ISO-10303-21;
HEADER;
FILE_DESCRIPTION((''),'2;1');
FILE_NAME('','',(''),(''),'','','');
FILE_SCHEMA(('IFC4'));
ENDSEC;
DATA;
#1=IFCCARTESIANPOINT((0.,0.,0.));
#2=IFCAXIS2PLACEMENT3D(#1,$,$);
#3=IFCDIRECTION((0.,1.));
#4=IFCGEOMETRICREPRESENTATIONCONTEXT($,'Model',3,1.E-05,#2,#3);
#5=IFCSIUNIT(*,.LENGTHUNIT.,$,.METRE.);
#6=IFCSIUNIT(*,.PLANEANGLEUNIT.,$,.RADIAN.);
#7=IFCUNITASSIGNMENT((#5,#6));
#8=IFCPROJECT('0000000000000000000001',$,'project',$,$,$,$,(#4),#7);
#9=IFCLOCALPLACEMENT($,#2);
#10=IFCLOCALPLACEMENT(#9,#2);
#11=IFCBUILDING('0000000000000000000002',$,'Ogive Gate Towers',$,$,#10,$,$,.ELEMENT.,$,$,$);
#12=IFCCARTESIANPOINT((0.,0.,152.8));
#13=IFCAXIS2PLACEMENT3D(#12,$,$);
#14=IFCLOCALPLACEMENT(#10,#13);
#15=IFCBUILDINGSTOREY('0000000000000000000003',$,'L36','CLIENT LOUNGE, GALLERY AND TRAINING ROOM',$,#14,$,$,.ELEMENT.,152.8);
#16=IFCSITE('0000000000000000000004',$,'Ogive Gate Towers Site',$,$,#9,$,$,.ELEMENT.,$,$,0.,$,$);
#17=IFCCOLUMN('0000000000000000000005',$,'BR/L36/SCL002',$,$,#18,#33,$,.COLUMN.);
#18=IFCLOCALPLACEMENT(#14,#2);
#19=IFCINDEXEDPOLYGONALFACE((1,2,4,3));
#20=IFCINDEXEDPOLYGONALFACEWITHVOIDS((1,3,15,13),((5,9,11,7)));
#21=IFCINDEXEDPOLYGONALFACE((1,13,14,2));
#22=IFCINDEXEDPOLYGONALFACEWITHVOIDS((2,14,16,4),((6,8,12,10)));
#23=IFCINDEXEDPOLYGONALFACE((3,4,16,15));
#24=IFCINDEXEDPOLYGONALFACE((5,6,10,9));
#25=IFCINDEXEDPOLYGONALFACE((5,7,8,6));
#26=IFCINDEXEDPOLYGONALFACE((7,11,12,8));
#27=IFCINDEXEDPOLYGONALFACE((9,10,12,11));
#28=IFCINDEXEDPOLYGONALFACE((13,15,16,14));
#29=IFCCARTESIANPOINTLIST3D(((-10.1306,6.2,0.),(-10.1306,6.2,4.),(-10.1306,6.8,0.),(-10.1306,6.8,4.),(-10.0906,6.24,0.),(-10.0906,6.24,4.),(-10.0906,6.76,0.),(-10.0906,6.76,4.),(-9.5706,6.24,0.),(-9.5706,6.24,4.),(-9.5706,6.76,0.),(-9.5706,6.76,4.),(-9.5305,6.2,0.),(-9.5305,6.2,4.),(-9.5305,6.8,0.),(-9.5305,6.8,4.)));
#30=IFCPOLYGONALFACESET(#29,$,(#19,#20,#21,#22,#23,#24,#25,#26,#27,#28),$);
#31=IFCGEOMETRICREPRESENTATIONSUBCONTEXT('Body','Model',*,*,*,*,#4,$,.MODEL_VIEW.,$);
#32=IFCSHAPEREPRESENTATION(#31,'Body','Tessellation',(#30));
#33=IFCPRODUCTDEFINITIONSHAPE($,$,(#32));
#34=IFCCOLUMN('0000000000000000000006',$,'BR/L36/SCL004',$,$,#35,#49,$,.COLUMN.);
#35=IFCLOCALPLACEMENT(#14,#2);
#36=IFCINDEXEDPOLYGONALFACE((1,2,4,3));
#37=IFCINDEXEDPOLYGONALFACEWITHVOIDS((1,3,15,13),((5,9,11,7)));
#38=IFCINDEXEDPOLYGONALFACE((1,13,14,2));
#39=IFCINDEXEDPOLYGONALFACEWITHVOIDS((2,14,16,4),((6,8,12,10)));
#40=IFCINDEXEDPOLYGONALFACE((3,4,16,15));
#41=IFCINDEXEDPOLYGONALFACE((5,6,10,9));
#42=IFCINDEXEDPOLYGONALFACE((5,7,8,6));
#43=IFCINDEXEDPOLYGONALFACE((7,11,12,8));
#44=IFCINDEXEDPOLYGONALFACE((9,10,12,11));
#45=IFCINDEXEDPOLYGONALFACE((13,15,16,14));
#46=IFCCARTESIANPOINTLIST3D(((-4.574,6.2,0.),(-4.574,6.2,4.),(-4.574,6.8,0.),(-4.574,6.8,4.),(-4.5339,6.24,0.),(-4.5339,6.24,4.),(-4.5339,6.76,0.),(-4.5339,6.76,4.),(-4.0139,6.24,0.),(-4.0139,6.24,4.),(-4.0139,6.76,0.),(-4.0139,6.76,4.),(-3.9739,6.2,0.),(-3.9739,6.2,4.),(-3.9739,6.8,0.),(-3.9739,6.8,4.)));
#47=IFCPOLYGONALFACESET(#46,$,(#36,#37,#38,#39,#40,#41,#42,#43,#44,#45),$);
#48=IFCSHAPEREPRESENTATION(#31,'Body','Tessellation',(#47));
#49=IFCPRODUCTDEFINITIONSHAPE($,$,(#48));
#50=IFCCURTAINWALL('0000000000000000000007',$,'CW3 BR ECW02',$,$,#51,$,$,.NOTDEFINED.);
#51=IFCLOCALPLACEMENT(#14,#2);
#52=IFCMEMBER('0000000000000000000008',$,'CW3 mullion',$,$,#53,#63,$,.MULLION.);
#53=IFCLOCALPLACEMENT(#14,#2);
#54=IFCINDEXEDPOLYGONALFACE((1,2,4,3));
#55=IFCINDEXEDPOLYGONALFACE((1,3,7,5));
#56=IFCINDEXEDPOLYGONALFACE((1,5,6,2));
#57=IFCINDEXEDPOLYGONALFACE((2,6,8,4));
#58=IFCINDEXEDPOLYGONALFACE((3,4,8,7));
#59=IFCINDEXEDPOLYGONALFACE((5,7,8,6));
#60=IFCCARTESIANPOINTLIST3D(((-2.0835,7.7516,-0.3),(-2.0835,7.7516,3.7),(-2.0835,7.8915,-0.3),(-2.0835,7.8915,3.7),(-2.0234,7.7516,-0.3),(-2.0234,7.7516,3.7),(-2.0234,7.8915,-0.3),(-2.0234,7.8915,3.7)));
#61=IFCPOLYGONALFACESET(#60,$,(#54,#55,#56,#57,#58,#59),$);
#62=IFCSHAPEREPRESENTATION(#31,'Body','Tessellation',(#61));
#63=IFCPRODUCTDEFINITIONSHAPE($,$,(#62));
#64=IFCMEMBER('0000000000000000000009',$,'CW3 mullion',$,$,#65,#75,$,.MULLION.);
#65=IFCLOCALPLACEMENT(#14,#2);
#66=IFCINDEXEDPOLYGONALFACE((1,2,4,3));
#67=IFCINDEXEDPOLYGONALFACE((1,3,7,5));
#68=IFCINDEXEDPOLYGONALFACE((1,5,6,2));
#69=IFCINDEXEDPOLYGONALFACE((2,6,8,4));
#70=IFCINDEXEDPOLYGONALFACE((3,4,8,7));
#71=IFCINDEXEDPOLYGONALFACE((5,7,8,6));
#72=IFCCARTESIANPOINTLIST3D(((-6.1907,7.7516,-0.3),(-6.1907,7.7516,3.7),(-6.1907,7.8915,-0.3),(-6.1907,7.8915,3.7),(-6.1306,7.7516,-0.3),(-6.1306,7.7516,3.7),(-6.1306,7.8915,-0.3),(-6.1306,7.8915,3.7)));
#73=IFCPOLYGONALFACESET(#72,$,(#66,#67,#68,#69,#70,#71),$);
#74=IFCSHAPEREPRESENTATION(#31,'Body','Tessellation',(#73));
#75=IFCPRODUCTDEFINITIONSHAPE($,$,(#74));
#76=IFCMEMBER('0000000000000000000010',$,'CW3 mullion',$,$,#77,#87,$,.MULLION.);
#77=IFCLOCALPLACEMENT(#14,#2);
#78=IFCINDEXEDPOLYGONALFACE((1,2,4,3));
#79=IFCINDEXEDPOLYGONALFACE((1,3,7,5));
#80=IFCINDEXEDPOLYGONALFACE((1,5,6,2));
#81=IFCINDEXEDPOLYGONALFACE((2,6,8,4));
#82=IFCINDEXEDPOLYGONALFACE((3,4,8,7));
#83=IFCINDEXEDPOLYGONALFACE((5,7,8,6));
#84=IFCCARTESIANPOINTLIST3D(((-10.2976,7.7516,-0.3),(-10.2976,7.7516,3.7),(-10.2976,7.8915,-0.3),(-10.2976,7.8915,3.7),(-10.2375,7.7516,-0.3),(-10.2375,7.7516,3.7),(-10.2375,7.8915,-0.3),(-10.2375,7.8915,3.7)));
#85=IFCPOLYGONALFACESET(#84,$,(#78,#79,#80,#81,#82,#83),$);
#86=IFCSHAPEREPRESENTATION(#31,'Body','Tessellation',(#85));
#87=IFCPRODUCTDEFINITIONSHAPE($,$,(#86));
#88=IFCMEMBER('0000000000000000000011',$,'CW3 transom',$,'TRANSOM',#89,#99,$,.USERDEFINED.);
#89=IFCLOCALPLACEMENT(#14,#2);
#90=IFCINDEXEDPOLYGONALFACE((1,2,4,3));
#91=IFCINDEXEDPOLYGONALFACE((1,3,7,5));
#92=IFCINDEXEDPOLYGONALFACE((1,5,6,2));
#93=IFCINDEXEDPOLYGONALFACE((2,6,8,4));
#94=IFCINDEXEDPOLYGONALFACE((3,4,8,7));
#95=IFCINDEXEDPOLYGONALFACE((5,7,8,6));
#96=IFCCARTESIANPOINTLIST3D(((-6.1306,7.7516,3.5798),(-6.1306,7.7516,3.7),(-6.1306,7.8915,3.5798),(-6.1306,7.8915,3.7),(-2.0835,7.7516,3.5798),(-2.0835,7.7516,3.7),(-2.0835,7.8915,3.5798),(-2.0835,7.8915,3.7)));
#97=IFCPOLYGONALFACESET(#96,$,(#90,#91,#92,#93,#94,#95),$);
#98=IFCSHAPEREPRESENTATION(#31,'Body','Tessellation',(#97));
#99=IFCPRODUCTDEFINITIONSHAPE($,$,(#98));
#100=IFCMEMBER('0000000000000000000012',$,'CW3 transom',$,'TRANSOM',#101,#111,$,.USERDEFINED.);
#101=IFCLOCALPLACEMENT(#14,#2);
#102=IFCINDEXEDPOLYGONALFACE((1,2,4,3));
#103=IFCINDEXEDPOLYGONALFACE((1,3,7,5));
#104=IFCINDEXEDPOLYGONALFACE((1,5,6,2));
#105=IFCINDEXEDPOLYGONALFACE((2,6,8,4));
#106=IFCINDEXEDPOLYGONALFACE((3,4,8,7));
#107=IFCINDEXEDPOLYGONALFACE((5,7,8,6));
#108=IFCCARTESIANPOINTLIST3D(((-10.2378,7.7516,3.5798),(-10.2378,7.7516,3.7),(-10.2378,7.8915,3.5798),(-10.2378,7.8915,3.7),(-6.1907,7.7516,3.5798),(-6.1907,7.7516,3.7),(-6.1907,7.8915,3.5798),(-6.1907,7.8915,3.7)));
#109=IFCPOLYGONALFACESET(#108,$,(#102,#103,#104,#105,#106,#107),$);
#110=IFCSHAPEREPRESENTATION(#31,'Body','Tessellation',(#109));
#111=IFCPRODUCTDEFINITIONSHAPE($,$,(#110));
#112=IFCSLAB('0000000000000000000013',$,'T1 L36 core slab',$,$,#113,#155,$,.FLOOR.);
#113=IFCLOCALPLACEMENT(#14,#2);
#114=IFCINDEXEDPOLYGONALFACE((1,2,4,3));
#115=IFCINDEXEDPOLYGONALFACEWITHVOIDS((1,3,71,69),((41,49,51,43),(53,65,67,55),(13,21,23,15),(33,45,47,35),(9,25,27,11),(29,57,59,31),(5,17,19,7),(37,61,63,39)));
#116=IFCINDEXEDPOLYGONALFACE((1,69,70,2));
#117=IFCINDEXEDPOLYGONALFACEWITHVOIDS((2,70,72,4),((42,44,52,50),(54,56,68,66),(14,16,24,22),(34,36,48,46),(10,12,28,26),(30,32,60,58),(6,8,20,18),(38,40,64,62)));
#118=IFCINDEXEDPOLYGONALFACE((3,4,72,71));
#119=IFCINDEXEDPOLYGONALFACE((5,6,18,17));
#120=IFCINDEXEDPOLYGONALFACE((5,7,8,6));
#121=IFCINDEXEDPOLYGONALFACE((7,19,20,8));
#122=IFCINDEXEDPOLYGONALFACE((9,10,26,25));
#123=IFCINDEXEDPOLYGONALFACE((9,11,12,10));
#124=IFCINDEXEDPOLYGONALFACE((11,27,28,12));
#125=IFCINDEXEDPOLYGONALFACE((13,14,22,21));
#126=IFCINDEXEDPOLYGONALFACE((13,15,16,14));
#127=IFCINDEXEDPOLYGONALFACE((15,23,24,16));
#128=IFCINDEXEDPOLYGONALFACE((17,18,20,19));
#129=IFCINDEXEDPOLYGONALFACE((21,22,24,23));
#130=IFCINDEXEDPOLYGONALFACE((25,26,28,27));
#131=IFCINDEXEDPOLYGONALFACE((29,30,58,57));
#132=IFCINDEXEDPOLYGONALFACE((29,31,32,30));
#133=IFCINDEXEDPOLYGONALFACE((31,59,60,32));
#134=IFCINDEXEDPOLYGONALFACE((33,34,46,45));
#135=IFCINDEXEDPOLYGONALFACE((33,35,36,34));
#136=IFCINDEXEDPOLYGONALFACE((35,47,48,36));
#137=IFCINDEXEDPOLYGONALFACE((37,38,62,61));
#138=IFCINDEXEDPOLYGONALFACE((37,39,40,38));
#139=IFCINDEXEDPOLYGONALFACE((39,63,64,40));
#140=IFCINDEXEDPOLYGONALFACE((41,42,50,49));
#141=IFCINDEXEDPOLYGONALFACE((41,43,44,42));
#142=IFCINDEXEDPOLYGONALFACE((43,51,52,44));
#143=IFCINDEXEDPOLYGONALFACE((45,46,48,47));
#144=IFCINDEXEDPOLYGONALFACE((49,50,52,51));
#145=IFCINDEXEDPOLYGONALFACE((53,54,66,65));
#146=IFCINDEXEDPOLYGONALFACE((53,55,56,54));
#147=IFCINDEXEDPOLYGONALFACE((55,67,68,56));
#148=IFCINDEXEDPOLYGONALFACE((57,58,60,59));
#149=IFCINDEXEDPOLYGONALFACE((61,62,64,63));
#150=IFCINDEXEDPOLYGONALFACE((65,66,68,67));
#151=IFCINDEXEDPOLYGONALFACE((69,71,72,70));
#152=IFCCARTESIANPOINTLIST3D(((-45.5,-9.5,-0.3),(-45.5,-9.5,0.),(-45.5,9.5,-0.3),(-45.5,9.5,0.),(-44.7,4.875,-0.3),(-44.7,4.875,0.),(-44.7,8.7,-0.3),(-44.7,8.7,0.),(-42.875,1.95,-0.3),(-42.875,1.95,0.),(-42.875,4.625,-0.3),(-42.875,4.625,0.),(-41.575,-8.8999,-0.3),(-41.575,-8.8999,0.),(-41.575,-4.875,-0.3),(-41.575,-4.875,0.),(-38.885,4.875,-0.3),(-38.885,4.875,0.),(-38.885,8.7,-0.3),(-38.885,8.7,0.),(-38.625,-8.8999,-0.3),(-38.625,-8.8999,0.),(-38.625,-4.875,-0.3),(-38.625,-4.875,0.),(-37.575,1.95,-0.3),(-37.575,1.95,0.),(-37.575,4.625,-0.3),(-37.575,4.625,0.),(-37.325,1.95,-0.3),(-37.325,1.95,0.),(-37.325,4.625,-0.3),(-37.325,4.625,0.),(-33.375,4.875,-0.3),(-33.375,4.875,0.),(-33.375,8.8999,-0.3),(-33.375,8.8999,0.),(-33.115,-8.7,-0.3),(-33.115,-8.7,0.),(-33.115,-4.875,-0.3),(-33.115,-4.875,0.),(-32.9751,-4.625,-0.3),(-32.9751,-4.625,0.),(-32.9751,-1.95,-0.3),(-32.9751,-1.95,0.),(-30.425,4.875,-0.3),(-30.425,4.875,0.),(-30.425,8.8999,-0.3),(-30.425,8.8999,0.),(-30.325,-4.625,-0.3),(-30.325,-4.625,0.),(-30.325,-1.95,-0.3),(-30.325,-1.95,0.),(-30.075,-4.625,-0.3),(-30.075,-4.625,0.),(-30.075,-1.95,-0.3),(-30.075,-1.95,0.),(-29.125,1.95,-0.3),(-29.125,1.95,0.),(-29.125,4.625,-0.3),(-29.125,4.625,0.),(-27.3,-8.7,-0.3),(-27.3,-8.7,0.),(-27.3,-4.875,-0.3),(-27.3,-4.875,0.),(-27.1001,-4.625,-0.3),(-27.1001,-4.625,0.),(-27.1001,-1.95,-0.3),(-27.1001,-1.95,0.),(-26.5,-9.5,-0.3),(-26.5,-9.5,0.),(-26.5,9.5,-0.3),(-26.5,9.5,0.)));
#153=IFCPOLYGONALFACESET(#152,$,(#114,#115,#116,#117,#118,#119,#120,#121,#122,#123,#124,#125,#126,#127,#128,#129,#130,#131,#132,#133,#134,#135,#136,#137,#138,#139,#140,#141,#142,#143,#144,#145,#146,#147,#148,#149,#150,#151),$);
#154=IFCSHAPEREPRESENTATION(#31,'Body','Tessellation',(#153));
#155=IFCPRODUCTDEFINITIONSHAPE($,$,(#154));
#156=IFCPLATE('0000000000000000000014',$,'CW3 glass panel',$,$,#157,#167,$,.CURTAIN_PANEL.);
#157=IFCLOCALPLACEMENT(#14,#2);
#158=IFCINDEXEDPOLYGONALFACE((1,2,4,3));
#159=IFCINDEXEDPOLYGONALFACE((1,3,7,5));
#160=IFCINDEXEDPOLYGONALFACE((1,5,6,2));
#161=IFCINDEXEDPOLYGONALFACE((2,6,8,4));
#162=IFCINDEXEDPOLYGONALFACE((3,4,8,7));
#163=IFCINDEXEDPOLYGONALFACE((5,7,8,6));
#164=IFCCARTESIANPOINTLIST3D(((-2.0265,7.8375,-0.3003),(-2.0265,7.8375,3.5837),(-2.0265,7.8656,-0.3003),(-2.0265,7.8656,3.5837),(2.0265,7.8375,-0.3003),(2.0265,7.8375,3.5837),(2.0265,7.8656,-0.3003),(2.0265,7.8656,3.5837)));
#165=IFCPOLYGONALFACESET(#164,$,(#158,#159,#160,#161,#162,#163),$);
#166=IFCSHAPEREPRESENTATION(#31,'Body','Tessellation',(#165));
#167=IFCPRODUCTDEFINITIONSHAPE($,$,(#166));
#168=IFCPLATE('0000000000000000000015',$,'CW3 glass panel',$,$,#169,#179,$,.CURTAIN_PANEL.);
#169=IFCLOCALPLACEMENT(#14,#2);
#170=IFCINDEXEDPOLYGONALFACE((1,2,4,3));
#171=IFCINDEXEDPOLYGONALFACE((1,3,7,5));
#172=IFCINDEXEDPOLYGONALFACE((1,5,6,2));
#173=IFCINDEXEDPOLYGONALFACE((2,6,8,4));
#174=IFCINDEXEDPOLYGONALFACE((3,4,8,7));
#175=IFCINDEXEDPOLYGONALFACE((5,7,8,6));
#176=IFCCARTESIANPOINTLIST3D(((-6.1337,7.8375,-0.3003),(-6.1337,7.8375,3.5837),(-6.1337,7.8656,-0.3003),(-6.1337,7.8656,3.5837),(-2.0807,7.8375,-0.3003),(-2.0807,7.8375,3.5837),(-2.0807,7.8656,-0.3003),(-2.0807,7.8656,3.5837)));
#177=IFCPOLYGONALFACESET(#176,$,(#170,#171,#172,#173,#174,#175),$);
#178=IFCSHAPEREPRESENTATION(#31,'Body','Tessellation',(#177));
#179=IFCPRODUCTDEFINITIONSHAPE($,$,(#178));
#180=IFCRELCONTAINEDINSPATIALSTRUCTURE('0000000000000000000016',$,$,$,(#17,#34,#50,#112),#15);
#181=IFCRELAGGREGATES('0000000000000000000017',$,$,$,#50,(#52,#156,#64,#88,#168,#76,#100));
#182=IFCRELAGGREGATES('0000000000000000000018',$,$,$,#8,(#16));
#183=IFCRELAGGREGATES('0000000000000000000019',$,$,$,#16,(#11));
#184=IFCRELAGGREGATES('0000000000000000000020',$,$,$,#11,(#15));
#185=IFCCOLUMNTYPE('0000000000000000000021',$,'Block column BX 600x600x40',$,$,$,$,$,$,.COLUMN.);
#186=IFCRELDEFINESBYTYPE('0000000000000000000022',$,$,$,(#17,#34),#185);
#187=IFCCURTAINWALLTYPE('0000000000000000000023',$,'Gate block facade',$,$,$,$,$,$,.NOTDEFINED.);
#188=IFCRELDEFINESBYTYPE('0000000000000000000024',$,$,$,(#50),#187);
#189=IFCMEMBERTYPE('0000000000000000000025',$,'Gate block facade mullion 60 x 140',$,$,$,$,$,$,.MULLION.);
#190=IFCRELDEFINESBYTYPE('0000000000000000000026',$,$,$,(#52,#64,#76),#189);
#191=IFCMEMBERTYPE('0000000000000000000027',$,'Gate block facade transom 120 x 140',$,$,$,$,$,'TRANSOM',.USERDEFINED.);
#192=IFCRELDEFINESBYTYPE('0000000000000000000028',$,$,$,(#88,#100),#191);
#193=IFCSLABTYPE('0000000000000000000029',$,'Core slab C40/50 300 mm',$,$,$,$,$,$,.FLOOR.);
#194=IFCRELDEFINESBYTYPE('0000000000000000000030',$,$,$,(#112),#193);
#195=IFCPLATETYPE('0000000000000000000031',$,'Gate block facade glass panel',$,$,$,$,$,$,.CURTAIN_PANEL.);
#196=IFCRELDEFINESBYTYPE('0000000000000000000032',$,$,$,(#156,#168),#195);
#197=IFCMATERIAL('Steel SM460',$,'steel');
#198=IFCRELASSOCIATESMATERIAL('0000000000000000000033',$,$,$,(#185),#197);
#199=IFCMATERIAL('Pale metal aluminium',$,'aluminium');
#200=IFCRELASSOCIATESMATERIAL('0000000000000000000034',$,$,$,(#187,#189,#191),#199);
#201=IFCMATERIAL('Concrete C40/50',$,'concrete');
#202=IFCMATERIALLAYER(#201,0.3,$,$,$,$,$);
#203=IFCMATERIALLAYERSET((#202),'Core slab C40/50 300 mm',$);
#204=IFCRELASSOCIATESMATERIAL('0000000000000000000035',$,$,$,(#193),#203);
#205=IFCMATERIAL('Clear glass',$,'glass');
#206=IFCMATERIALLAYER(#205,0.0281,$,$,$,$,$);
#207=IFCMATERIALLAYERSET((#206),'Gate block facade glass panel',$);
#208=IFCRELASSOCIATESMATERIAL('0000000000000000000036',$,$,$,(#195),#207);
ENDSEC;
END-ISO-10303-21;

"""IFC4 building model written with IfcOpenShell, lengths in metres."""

from ifc_helpers import new_model, si_unit, direction, frame, origin, origin_2d, place, context, subcontext, project, spatial, polyline, rectangle, hollow_rectangle, outline, extrude, material, layer, layer_set, material_profile, profile_set, type_object, element, aggregate, save


model = new_model("IFC4")

# Units and contexts
model_context = context("Model", 3, precision=1e-05, world=origin(), true_north=direction((0.0, 1.0)))
body_context = subcontext(model_context, "Body", "Model", "MODEL_VIEW")
ifc_project = project(units=[si_unit("LENGTHUNIT", "METRE"), si_unit("PLANEANGLEUNIT", "RADIAN")], contexts=[model_context])

# Site, building, storey
site_placement = place(None, origin())
site = spatial("IfcSite", under=ifc_project, at=site_placement, Name="Ogive Gate Towers Site", CompositionType="ELEMENT", RefElevation=0.0)
building_placement = place(site_placement, origin())
building = spatial("IfcBuilding", under=site, at=building_placement, Name="Ogive Gate Towers", CompositionType="ELEMENT")
storey_placement = place(building_placement, frame((0.0, 0.0, 152.8)))
storey = spatial("IfcBuildingStorey", under=building, at=storey_placement, Name="L36", Description="CLIENT LOUNGE, GALLERY AND TRAINING ROOM", CompositionType="ELEMENT", Elevation=152.8)

# Columns
ifc_material_1 = material(Name="Steel SM460", Category="steel")
ifc_material_profile_1 = material_profile(ifc_material_1, hollow_rectangle(XDim=0.6001, YDim=0.6001, WallThickness=0.04, at=origin_2d()), Name="BX 600x600x40")
ifc_profile_set_1 = profile_set([ifc_material_profile_1], Name="Steel SM460")
column_type = type_object("IfcColumnType", Name="Block column BX 600x600x40", PredefinedType="COLUMN", material=ifc_profile_set_1)
for number, where, z_axis, x_axis, name in (
    (1, (-9.8306, 6.5, 0.0), (0.0, 0.0, 1.0), (1.0, 0.0, 0.0), "BR/L36/SCL002"),
    (2, (-4.2739, 6.5, 0.0), (0.0, 0.0, 1.0), (1.0, 0.0, 0.0), "BR/L36/SCL004"),
):
    element("IfcColumn", number, at=place(storey_placement, frame(where, z_axis=z_axis, x_axis=x_axis)), inside=storey, type_object=column_type, Name=name, PredefinedType="COLUMN", context=body_context, shape_type="SweptSolid", body=[
        extrude(hollow_rectangle(XDim=0.6001, YDim=0.6001, WallThickness=0.04, at=origin_2d()), origin(), (0.0, 0.0, 1.0), 4.0),
    ])

# Curtain wall, members
ifc_material_2 = material(Name="Pale metal aluminium", Category="aluminium")
curtain_wall_type = type_object("IfcCurtainWallType", Name="Gate block facade", PredefinedType="NOTDEFINED", material=ifc_material_2)
curtain_wall_placement = place(storey_placement, origin())
curtain_wall = element("IfcCurtainWall", 3, at=curtain_wall_placement, inside=storey, type_object=curtain_wall_type, Name="CW3 BR ECW02", PredefinedType="NOTDEFINED")
ifc_material_profile_2 = material_profile(ifc_material_2, rectangle(XDim=0.1399, YDim=0.0601, at=origin_2d()), Name="60 x 140 aluminium box")
ifc_profile_set_2 = profile_set([ifc_material_profile_2], Name="Pale metal aluminium")
member_type_1 = type_object("IfcMemberType", Name="Gate block facade mullion 60 x 140", PredefinedType="MULLION", material=ifc_profile_set_2)
member_1_placement = place(storey_placement, frame((-2.0535, 7.8215, -0.3), z_axis=(0.0, 0.0, 1.0), x_axis=(0.0, 1.0, 0.0)))
member_1 = element("IfcMember", 4, at=member_1_placement, type_object=member_type_1, Name="CW3 mullion", PredefinedType="MULLION", context=body_context, shape_type="SweptSolid", body=[
    extrude(rectangle(XDim=0.1399, YDim=0.0601, at=origin_2d()), origin(), (0.0, 0.0, 1.0), 4.0),
])
member_2_placement = place(storey_placement, frame((-6.1606, 7.8215, -0.3), z_axis=(0.0, 0.0, 1.0), x_axis=(0.0, 1.0, 0.0)))
member_2 = element("IfcMember", 5, at=member_2_placement, type_object=member_type_1, Name="CW3 mullion", PredefinedType="MULLION", context=body_context, shape_type="SweptSolid", body=[
    extrude(rectangle(XDim=0.1399, YDim=0.0601, at=origin_2d()), origin(), (0.0, 0.0, 1.0), 4.0),
])
member_3_placement = place(storey_placement, frame((-10.2676, 7.8215, -0.3), z_axis=(0.0, 0.0, 1.0), x_axis=(0.0, 1.0, 0.0)))
member_3 = element("IfcMember", 6, at=member_3_placement, type_object=member_type_1, Name="CW3 mullion", PredefinedType="MULLION", context=body_context, shape_type="SweptSolid", body=[
    extrude(rectangle(XDim=0.1399, YDim=0.0601, at=origin_2d()), origin(), (0.0, 0.0, 1.0), 4.0),
])
ifc_material_profile_3 = material_profile(ifc_material_2, rectangle(XDim=0.1399, YDim=0.1201, at=origin_2d()), Name="120 x 140 aluminium box")
ifc_profile_set_3 = profile_set([ifc_material_profile_3], Name="Pale metal aluminium")
member_type_2 = type_object("IfcMemberType", Name="Gate block facade transom 120 x 140", ElementType="TRANSOM", PredefinedType="USERDEFINED", material=ifc_profile_set_3)
member_4_placement = place(storey_placement, frame((-2.0835, 7.8215, 3.6399), z_axis=(-1.0, 0.0, 0.0), x_axis=(0.0, -1.0, 0.0)))
member_4 = element("IfcMember", 7, at=member_4_placement, type_object=member_type_2, Name="CW3 transom", ObjectType="TRANSOM", PredefinedType="USERDEFINED", context=body_context, shape_type="SweptSolid", body=[
    extrude(rectangle(XDim=0.1399, YDim=0.1201, at=origin_2d()), origin(), (0.0, 0.0, 1.0), 4.0471),
])
member_5_placement = place(storey_placement, frame((-6.1907, 7.8215, 3.6399), z_axis=(-1.0, 0.0, 0.0), x_axis=(0.0, -1.0, 0.0)))
member_5 = element("IfcMember", 8, at=member_5_placement, type_object=member_type_2, Name="CW3 transom", ObjectType="TRANSOM", PredefinedType="USERDEFINED", context=body_context, shape_type="SweptSolid", body=[
    extrude(rectangle(XDim=0.1399, YDim=0.1201, at=origin_2d()), origin(), (0.0, 0.0, 1.0), 4.0471),
])

# Slab
ifc_material_3 = material(Name="Concrete C40/50", Category="concrete")
ifc_layer_1 = layer(ifc_material_3, 0.3)
ifc_layer_set_1 = layer_set([ifc_layer_1], Name="Core slab C40/50 300 mm")
slab_type = type_object("IfcSlabType", Name="Core slab C40/50 300 mm", PredefinedType="FLOOR", material=ifc_layer_set_1)
slab_placement = place(storey_placement, frame((0.0, 0.0, -0.3)))
element("IfcSlab", 9, at=slab_placement, inside=storey, type_object=slab_type, Name="T1 L36 core slab", PredefinedType="FLOOR", context=body_context, shape_type="SweptSolid", body=[
    extrude(outline(polyline([(-45.5, -9.5), (-45.5, 9.5), (-26.5, 9.5), (-26.5, -9.5), (-45.5, -9.5)]), holes=[polyline([(-42.875, 1.95), (-37.575, 1.95), (-37.575, 4.625), (-42.875, 4.625), (-42.875, 1.95)]), polyline([(-37.325, 4.625), (-37.325, 1.95), (-29.125, 1.95), (-29.125, 4.625), (-37.325, 4.625)]), polyline([(-30.325, -1.95), (-32.9751, -1.95), (-32.9751, -4.625), (-30.325, -4.625), (-30.325, -1.95)]), polyline([(-27.1001, -4.625), (-27.1001, -1.95), (-30.075, -1.95), (-30.075, -4.625), (-27.1001, -4.625)]), polyline([(-33.375, 4.875), (-30.425, 4.875), (-30.425, 8.8999), (-33.375, 8.8999), (-33.375, 4.875)]), polyline([(-41.575, -4.875), (-41.575, -8.8999), (-38.625, -8.8999), (-38.625, -4.875), (-41.575, -4.875)]), polyline([(-44.7, 4.875), (-38.885, 4.875), (-38.885, 8.7), (-44.7, 8.7), (-44.7, 4.875)]), polyline([(-27.3, -8.7), (-27.3, -4.875), (-33.115, -4.875), (-33.115, -8.7), (-27.3, -8.7)])]), origin(), (0.0, 0.0, 1.0), 0.3),
])

# Plates
ifc_material_4 = material(Name="Clear glass", Category="glass")
ifc_layer_2 = layer(ifc_material_4, 0.0281)
ifc_layer_set_2 = layer_set([ifc_layer_2], Name="Gate block facade glass panel")
plate_type = type_object("IfcPlateType", Name="Gate block facade glass panel", PredefinedType="CURTAIN_PANEL", material=ifc_layer_set_2)
plate_1_placement = place(storey_placement, frame((0.0, 7.8516, -0.3003), z_axis=(0.0, 0.0, 1.0), x_axis=(-1.0, 0.0, 0.0)))
plate_1 = element("IfcPlate", 10, at=plate_1_placement, type_object=plate_type, Name="CW3 glass panel", PredefinedType="CURTAIN_PANEL", context=body_context, shape_type="SweptSolid", body=[
    extrude(rectangle(XDim=4.053, YDim=0.0281, at=origin_2d()), origin(), (0.0, 0.0, 1.0), 3.884),
])
plate_2_placement = place(storey_placement, frame((-4.1072, 7.8516, -0.3003), z_axis=(0.0, 0.0, 1.0), x_axis=(-1.0, 0.0, 0.0)))
plate_2 = element("IfcPlate", 11, at=plate_2_placement, type_object=plate_type, Name="CW3 glass panel", PredefinedType="CURTAIN_PANEL", context=body_context, shape_type="SweptSolid", body=[
    extrude(rectangle(XDim=4.053, YDim=0.0281, at=origin_2d()), origin(), (0.0, 0.0, 1.0), 3.884),
])
aggregate(curtain_wall, [member_1, plate_1, member_2, member_4, plate_2, member_3, member_5])

save(model, "model.ifc")
